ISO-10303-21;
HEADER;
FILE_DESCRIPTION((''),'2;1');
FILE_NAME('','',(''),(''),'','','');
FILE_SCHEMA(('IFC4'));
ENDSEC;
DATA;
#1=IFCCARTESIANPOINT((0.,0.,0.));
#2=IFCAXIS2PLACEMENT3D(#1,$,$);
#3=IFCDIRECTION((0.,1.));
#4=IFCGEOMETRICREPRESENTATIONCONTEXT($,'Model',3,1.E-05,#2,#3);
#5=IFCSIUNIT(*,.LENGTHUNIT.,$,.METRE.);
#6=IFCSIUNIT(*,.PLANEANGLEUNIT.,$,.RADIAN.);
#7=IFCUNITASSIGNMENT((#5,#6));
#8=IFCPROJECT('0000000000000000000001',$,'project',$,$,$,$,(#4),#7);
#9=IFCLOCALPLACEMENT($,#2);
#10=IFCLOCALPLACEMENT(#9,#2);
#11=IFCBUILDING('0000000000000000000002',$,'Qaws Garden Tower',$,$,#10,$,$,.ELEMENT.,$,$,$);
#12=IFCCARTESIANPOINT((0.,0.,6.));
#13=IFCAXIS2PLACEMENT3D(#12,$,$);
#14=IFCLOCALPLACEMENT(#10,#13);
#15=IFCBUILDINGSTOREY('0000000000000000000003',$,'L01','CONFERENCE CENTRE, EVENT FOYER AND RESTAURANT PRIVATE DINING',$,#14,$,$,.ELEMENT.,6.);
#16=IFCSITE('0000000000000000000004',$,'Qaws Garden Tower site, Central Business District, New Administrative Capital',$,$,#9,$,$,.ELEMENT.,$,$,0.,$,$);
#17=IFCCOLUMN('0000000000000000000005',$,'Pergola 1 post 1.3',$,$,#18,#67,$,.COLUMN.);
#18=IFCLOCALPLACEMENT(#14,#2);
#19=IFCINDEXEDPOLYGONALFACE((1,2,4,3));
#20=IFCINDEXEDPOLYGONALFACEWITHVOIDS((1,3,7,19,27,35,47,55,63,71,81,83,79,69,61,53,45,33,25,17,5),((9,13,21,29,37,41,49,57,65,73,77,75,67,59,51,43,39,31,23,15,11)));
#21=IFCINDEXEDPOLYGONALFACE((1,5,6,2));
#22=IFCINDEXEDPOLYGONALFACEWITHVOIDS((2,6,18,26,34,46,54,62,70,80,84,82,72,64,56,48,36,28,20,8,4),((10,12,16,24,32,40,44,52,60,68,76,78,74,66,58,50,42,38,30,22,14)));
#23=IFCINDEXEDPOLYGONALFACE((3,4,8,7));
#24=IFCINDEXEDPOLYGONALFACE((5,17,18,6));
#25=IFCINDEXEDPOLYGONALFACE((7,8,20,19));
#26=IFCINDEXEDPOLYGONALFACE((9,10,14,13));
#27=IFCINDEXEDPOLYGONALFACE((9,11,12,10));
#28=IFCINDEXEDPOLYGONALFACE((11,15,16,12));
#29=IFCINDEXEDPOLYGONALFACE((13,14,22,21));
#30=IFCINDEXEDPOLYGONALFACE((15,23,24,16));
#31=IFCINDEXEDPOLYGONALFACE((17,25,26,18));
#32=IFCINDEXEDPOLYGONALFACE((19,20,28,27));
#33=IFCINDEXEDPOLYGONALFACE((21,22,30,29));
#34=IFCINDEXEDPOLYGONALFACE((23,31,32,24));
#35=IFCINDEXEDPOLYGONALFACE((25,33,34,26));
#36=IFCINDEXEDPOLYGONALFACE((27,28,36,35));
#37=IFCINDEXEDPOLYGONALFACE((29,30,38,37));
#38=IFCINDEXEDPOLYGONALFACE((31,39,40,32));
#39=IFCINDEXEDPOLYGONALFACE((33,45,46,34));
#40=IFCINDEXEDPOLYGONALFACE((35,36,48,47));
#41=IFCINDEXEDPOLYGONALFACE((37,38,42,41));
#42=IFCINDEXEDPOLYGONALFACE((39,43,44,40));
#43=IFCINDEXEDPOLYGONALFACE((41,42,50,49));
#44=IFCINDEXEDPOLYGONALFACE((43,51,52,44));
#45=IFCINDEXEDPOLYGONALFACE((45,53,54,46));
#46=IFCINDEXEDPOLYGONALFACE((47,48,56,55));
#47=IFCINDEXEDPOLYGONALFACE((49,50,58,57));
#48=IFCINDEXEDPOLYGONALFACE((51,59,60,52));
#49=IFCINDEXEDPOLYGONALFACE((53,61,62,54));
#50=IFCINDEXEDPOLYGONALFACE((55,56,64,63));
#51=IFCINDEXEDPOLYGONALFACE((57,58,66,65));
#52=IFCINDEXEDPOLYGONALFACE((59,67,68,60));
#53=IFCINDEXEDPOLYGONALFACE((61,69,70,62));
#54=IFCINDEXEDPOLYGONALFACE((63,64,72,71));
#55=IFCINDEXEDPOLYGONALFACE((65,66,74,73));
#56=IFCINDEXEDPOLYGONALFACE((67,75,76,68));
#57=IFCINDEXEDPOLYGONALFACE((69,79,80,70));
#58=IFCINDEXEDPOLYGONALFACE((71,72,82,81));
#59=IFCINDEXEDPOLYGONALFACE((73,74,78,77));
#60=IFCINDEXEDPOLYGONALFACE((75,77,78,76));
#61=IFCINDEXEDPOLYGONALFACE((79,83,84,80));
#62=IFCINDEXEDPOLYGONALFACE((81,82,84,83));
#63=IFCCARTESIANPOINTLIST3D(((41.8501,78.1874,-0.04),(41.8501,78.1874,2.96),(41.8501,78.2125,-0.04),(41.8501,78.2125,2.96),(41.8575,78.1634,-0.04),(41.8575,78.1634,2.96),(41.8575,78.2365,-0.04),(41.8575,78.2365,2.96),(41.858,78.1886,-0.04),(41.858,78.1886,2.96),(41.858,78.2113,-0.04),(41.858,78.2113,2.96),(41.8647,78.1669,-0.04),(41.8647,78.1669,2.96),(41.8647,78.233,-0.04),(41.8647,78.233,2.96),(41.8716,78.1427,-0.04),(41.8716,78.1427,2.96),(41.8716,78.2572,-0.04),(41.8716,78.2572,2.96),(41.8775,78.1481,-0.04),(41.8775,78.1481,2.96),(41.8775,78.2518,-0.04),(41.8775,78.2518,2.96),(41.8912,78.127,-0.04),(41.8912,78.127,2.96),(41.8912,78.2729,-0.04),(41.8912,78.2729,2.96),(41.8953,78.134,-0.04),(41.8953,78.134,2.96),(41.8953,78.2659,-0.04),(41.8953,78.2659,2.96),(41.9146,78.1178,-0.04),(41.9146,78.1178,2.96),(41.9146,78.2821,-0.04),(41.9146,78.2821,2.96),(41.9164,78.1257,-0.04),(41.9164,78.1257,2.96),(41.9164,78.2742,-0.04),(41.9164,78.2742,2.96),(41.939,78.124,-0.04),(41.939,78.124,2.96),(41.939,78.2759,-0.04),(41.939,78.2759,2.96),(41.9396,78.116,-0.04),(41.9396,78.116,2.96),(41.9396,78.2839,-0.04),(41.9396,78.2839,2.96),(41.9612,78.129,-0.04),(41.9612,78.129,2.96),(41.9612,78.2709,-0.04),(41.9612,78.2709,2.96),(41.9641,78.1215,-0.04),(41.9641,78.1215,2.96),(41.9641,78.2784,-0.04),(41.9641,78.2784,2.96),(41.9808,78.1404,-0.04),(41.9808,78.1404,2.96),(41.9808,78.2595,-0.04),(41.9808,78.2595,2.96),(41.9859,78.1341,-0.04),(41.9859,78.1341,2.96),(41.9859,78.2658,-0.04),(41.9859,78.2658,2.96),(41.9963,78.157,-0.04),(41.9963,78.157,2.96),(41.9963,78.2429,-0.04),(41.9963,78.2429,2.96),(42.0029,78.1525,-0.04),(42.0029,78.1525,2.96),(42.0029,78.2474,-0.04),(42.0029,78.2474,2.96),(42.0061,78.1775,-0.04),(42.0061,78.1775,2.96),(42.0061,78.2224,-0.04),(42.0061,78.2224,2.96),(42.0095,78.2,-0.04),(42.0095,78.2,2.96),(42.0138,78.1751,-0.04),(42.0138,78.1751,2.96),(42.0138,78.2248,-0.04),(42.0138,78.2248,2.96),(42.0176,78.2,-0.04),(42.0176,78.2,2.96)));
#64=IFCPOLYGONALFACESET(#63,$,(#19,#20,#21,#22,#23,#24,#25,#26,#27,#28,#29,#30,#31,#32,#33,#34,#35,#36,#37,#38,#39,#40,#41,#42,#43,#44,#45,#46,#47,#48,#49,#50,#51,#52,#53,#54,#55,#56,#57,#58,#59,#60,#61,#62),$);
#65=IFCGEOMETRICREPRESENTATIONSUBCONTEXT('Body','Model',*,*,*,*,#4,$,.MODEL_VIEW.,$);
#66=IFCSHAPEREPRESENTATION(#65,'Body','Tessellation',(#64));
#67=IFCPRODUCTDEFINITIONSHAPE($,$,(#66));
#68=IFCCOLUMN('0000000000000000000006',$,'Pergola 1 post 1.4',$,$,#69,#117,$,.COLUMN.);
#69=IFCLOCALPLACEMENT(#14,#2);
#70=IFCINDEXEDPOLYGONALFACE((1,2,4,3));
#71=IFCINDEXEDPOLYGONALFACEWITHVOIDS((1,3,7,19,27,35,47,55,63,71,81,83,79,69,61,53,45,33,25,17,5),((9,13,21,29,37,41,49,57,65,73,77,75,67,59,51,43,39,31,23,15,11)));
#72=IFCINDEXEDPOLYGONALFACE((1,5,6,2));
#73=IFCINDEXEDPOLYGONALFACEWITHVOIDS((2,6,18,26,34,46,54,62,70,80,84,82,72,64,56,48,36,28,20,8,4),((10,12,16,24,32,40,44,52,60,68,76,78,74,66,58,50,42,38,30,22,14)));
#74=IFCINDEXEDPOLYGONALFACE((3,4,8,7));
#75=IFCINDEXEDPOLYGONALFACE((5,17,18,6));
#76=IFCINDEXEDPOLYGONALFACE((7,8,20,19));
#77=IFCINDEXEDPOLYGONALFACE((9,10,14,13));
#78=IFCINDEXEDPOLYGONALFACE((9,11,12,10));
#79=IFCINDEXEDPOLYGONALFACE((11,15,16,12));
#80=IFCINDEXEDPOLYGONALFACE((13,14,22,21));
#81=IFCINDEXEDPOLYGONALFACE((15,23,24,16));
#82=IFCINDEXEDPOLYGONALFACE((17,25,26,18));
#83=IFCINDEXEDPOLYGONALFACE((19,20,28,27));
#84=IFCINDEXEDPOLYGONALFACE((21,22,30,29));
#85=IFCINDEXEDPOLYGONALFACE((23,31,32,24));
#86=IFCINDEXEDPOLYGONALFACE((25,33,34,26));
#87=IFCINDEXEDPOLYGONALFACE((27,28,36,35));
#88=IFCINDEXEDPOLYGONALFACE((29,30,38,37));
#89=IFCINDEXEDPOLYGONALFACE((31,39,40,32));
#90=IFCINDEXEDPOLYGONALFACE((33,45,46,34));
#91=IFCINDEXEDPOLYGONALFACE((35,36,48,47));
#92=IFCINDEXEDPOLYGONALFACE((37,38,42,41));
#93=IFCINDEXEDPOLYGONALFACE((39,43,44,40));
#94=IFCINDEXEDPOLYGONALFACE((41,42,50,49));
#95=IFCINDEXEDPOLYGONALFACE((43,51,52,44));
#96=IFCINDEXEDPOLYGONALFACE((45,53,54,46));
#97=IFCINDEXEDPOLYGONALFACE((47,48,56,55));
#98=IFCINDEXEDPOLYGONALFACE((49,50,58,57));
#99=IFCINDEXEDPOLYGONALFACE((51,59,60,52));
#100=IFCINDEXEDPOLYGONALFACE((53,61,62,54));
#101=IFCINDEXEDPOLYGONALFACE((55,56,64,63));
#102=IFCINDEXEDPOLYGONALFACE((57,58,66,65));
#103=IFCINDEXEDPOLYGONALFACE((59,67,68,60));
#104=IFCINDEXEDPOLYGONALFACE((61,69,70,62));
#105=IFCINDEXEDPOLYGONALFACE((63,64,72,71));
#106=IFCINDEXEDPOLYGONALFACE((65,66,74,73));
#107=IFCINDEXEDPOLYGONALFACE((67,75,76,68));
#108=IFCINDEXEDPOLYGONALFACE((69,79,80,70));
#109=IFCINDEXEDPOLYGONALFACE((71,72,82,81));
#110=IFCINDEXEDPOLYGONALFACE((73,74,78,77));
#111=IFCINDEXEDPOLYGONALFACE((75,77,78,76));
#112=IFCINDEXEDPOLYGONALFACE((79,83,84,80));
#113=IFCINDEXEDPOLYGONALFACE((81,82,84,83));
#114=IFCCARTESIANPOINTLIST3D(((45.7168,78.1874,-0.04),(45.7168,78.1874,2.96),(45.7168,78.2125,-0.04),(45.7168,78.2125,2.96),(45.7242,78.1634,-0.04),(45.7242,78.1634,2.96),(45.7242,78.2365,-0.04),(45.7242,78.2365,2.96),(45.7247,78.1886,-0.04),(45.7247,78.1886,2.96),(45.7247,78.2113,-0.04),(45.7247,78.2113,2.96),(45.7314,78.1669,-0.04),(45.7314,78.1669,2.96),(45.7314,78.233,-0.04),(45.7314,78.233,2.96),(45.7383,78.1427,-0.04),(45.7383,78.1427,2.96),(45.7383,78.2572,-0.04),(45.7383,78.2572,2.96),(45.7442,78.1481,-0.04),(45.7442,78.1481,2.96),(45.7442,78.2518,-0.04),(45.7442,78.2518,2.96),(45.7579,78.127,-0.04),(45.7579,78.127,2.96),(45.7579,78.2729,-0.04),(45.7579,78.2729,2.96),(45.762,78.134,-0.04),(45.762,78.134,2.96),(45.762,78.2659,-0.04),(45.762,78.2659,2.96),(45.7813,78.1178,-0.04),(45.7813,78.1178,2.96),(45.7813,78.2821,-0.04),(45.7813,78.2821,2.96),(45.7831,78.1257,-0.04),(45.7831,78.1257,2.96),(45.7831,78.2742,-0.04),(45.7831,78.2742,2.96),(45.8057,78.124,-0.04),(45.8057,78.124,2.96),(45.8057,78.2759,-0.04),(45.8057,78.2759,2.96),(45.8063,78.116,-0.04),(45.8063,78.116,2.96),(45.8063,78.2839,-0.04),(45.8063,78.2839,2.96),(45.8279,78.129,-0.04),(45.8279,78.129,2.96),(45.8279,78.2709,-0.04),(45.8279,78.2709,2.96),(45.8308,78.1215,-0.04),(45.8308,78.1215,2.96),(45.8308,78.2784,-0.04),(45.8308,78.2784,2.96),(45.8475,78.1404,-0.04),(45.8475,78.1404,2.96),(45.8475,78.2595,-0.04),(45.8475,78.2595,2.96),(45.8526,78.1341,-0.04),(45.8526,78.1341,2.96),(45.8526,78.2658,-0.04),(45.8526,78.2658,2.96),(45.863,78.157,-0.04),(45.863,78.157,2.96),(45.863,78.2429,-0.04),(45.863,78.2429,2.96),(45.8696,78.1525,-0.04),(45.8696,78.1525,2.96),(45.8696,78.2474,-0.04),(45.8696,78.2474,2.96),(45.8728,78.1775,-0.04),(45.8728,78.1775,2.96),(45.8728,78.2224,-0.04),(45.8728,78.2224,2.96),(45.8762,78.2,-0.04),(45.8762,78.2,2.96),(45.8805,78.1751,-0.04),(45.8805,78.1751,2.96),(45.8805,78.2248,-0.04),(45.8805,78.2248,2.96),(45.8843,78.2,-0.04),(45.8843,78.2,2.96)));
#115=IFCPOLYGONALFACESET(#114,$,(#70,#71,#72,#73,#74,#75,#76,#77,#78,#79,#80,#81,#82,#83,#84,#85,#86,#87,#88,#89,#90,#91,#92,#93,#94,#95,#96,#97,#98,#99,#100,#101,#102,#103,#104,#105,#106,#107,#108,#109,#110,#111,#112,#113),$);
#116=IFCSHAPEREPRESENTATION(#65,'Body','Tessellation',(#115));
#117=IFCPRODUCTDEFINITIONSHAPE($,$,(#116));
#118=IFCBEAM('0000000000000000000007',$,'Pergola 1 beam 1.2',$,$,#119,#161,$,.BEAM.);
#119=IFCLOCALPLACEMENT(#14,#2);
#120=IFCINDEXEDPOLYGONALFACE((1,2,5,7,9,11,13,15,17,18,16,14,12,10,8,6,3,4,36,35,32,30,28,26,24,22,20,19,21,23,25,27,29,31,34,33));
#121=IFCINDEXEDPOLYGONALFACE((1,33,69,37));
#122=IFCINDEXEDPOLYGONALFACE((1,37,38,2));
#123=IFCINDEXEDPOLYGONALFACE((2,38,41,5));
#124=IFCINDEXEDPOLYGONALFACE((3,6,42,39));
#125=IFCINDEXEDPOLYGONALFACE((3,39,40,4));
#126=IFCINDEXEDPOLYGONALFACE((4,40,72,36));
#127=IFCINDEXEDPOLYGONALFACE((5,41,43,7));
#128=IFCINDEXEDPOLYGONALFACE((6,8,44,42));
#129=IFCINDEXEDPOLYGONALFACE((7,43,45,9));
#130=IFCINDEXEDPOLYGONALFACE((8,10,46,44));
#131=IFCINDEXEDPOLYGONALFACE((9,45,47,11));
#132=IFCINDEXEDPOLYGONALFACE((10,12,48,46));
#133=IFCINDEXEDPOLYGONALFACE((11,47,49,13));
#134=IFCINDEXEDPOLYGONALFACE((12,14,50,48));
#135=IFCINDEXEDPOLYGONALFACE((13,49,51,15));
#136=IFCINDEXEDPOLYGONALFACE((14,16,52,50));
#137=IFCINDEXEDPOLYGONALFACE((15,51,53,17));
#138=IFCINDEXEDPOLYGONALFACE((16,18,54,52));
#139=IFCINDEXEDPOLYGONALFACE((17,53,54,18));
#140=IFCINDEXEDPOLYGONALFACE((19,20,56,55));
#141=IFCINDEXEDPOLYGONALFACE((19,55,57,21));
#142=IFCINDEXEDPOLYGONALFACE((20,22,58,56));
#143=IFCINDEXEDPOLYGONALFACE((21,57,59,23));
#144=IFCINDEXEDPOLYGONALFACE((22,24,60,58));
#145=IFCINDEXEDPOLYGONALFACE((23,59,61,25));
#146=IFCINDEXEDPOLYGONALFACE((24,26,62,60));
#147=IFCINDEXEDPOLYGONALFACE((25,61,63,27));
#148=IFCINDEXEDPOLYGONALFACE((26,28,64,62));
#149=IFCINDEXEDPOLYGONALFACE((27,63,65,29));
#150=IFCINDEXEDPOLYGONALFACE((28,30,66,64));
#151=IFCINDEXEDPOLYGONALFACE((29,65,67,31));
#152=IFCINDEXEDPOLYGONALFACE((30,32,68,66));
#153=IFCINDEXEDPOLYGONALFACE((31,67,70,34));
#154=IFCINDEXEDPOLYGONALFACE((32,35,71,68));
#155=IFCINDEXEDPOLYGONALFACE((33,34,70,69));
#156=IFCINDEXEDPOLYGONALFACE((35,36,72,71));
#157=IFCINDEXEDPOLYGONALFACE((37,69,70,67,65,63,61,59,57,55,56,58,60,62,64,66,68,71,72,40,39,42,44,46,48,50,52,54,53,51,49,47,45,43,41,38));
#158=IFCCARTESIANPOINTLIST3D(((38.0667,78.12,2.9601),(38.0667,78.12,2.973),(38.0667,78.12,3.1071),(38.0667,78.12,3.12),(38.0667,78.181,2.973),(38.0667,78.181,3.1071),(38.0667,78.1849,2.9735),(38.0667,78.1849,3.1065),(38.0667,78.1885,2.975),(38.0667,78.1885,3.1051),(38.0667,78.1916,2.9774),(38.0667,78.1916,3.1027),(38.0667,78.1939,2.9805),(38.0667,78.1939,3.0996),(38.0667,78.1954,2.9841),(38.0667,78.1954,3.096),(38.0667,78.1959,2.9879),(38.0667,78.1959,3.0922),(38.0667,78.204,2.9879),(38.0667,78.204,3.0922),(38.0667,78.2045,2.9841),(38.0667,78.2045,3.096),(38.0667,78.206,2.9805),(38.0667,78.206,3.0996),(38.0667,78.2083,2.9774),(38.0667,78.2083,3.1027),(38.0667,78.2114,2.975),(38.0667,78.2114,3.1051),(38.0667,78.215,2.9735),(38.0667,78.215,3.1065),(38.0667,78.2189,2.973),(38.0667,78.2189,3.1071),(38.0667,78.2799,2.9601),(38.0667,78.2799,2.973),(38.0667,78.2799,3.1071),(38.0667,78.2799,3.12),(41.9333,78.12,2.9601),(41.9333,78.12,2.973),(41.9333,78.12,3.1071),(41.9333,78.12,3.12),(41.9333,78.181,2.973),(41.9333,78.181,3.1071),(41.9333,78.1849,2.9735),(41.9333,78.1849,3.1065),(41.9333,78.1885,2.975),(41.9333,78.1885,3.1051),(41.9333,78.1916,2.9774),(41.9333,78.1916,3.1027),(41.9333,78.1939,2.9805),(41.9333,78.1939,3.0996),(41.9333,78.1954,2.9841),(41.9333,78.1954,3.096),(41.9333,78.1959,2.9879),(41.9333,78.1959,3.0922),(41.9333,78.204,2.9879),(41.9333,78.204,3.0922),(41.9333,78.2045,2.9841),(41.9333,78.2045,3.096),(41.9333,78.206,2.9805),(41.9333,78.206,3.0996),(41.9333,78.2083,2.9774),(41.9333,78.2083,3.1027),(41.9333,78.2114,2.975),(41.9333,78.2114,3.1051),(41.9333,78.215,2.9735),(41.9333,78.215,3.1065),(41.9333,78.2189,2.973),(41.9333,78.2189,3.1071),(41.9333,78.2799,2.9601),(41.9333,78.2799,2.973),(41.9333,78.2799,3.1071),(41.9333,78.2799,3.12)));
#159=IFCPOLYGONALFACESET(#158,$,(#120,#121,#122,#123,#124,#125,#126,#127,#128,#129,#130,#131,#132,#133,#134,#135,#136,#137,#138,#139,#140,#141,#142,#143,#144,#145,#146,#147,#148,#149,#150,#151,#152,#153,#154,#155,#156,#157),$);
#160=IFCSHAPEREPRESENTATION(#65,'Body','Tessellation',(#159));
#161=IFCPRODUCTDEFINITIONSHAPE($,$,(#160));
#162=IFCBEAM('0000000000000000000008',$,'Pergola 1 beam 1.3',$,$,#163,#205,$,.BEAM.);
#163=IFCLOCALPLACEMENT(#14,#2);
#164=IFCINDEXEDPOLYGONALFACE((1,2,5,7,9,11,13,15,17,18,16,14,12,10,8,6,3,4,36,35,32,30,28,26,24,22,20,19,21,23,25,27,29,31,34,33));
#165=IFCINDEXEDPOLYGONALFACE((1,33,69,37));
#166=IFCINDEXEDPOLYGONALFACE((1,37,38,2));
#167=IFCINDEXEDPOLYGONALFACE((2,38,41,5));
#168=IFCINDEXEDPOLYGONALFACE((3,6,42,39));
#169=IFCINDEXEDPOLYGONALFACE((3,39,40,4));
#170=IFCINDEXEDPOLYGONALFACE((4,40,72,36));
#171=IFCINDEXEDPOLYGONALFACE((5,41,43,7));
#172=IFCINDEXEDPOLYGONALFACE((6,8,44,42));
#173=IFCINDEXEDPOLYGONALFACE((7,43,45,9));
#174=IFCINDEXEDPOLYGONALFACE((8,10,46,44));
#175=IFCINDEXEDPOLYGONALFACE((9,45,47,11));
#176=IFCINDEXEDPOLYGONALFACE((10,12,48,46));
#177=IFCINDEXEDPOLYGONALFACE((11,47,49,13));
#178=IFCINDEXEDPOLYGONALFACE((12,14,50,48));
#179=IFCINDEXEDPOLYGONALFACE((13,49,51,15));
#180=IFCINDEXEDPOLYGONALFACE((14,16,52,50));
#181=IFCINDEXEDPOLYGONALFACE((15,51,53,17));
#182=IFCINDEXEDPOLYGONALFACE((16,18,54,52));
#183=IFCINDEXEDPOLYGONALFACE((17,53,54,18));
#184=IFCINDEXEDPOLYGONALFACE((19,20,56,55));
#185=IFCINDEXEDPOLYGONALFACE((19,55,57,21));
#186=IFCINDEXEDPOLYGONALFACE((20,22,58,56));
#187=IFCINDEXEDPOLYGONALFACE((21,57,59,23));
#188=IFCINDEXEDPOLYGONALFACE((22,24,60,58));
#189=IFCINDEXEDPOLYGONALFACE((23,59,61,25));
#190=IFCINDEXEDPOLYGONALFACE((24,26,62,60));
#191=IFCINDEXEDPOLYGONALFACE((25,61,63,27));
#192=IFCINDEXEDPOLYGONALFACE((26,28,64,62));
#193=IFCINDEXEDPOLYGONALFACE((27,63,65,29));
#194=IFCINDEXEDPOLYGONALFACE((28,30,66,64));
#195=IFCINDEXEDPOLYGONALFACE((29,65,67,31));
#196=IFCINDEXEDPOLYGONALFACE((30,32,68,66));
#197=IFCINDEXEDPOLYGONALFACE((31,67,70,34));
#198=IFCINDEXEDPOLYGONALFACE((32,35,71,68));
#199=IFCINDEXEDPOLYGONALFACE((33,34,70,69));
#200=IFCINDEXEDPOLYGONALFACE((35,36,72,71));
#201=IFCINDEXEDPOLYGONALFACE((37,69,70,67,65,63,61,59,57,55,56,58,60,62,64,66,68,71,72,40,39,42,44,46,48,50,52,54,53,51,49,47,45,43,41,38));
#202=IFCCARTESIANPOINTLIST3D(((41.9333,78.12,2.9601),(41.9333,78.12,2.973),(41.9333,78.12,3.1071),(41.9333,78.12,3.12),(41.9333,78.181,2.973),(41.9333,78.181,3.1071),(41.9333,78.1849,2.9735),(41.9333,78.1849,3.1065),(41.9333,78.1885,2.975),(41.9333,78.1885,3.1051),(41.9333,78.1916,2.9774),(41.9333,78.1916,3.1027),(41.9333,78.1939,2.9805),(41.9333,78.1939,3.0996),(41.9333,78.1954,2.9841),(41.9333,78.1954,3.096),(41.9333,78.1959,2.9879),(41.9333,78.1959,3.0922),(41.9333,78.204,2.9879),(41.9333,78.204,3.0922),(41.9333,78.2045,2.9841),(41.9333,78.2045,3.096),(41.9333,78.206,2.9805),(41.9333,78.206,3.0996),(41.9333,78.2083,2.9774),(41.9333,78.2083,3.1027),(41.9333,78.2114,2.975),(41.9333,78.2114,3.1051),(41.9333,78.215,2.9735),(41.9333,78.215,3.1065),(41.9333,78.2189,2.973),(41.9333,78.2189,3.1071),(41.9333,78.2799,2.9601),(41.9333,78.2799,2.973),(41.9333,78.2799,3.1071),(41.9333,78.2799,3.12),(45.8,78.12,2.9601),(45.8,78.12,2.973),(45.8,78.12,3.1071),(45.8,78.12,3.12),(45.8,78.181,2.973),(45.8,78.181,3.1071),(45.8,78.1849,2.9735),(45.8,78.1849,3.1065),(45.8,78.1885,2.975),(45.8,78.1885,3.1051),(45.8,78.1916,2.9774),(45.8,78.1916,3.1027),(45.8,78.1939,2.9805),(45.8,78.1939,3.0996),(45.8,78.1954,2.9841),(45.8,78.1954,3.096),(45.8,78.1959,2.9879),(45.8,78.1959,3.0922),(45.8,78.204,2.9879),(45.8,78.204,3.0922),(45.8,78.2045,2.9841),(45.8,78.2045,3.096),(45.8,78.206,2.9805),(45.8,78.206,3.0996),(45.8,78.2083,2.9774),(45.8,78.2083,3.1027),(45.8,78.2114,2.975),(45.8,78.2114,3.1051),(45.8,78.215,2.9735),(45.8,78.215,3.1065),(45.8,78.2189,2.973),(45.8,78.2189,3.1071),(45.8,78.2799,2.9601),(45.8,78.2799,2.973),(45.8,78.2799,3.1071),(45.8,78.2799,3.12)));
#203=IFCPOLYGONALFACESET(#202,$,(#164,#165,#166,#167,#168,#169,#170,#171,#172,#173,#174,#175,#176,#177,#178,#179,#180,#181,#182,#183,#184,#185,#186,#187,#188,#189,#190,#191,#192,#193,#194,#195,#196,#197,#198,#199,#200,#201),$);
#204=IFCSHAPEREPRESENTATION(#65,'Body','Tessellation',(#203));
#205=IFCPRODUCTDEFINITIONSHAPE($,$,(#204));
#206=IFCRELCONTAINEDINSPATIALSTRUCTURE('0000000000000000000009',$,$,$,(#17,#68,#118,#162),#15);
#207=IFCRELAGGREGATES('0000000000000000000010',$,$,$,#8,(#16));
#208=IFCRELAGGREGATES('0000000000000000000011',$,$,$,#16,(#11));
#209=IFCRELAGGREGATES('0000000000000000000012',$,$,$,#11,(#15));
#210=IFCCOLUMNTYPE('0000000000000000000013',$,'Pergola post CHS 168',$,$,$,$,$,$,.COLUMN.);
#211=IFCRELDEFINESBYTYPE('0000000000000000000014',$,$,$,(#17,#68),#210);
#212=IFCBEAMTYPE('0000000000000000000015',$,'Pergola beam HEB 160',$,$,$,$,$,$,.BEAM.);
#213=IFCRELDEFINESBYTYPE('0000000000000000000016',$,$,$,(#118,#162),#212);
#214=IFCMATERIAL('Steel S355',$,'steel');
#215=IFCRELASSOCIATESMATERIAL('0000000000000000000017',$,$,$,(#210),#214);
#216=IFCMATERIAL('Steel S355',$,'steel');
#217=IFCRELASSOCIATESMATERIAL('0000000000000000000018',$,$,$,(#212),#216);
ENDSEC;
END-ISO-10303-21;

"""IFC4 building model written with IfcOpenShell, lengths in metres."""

from ifc_helpers import new_model, si_unit, direction, frame, origin, origin_2d, place, context, subcontext, project, spatial, hollow_circle, i_section, extrude, material, material_profile, profile_set, type_object, element, save


model = new_model("IFC4")

# Units and contexts
model_context = context("Model", 3, precision=1e-05, world=origin(), true_north=direction((0.0, 1.0)))
body_context = subcontext(model_context, "Body", "Model", "MODEL_VIEW")
ifc_project = project(units=[si_unit("LENGTHUNIT", "METRE"), si_unit("PLANEANGLEUNIT", "RADIAN")], contexts=[model_context])

# Site, building, storey
site_placement = place(None, origin())
site = spatial("IfcSite", under=ifc_project, at=site_placement, Name="Qaws Garden Tower site, Central Business District, New Administrative Capital", CompositionType="ELEMENT", RefElevation=0.0)
building_placement = place(site_placement, origin())
building = spatial("IfcBuilding", under=site, at=building_placement, Name="Qaws Garden Tower", CompositionType="ELEMENT")
storey_placement = place(building_placement, frame((0.0, 0.0, 6.0)))
storey = spatial("IfcBuildingStorey", under=building, at=storey_placement, Name="L01", Description="CONFERENCE CENTRE, EVENT FOYER AND RESTAURANT PRIVATE DINING", CompositionType="ELEMENT", Elevation=6.0)

# Columns
ifc_material_1 = material(Name="Steel S355", Category="steel")
ifc_material_profile_1 = material_profile(ifc_material_1, hollow_circle(Radius=0.0842, WallThickness=0.0081, at=origin_2d()), Name="Pergola post CHS 168")
ifc_profile_set_1 = profile_set([ifc_material_profile_1], Name="Steel S355")
column_type = type_object("IfcColumnType", Name="Pergola post CHS 168", PredefinedType="COLUMN", material=ifc_profile_set_1)
for number, where, z_axis, x_axis, name in (
    (1, (41.9333, 78.2, -0.04), (0.0, 0.0, 1.0), (1.0, 0.0, 0.0), "Pergola 1 post 1.3"),
    (2, (45.8, 78.2, -0.04), (0.0, 0.0, 1.0), (1.0, 0.0, 0.0), "Pergola 1 post 1.4"),
):
    element("IfcColumn", number, at=place(storey_placement, frame(where, z_axis=z_axis, x_axis=x_axis)), inside=storey, type_object=column_type, Name=name, PredefinedType="COLUMN", context=body_context, shape_type="SweptSolid", body=[
        extrude(hollow_circle(Radius=0.0842, WallThickness=0.0081, at=origin_2d()), origin(), (0.0, 0.0, 1.0), 3.0),
    ])

# Beams
ifc_material_2 = material(Name="Steel S355", Category="steel")
ifc_material_profile_2 = material_profile(ifc_material_2, i_section(OverallWidth=0.1599, OverallDepth=0.1599, WebThickness=0.0081, FlangeThickness=0.0129, FilletRadius=0.0149, at=origin_2d()), Name="HEB 160")
ifc_profile_set_2 = profile_set([ifc_material_profile_2], Name="Steel S355")
beam_type = type_object("IfcBeamType", Name="Pergola beam HEB 160", PredefinedType="BEAM", material=ifc_profile_set_2)
for number, where, z_axis, x_axis, name in (
    (3, (38.0667, 78.2, 3.04), (1.0, 0.0, 0.0), (0.0, 1.0, 0.0), "Pergola 1 beam 1.2"),
    (4, (41.9333, 78.2, 3.04), (1.0, 0.0, 0.0), (0.0, 1.0, 0.0), "Pergola 1 beam 1.3"),
):
    element("IfcBeam", number, at=place(storey_placement, frame(where, z_axis=z_axis, x_axis=x_axis)), inside=storey, type_object=beam_type, Name=name, PredefinedType="BEAM", context=body_context, shape_type="SweptSolid", body=[
        extrude(i_section(OverallWidth=0.1599, OverallDepth=0.1599, WebThickness=0.0081, FlangeThickness=0.0129, FilletRadius=0.0149, at=origin_2d()), origin(), (0.0, 0.0, 1.0), 3.8667),
    ])

save(model, "model.ifc")
